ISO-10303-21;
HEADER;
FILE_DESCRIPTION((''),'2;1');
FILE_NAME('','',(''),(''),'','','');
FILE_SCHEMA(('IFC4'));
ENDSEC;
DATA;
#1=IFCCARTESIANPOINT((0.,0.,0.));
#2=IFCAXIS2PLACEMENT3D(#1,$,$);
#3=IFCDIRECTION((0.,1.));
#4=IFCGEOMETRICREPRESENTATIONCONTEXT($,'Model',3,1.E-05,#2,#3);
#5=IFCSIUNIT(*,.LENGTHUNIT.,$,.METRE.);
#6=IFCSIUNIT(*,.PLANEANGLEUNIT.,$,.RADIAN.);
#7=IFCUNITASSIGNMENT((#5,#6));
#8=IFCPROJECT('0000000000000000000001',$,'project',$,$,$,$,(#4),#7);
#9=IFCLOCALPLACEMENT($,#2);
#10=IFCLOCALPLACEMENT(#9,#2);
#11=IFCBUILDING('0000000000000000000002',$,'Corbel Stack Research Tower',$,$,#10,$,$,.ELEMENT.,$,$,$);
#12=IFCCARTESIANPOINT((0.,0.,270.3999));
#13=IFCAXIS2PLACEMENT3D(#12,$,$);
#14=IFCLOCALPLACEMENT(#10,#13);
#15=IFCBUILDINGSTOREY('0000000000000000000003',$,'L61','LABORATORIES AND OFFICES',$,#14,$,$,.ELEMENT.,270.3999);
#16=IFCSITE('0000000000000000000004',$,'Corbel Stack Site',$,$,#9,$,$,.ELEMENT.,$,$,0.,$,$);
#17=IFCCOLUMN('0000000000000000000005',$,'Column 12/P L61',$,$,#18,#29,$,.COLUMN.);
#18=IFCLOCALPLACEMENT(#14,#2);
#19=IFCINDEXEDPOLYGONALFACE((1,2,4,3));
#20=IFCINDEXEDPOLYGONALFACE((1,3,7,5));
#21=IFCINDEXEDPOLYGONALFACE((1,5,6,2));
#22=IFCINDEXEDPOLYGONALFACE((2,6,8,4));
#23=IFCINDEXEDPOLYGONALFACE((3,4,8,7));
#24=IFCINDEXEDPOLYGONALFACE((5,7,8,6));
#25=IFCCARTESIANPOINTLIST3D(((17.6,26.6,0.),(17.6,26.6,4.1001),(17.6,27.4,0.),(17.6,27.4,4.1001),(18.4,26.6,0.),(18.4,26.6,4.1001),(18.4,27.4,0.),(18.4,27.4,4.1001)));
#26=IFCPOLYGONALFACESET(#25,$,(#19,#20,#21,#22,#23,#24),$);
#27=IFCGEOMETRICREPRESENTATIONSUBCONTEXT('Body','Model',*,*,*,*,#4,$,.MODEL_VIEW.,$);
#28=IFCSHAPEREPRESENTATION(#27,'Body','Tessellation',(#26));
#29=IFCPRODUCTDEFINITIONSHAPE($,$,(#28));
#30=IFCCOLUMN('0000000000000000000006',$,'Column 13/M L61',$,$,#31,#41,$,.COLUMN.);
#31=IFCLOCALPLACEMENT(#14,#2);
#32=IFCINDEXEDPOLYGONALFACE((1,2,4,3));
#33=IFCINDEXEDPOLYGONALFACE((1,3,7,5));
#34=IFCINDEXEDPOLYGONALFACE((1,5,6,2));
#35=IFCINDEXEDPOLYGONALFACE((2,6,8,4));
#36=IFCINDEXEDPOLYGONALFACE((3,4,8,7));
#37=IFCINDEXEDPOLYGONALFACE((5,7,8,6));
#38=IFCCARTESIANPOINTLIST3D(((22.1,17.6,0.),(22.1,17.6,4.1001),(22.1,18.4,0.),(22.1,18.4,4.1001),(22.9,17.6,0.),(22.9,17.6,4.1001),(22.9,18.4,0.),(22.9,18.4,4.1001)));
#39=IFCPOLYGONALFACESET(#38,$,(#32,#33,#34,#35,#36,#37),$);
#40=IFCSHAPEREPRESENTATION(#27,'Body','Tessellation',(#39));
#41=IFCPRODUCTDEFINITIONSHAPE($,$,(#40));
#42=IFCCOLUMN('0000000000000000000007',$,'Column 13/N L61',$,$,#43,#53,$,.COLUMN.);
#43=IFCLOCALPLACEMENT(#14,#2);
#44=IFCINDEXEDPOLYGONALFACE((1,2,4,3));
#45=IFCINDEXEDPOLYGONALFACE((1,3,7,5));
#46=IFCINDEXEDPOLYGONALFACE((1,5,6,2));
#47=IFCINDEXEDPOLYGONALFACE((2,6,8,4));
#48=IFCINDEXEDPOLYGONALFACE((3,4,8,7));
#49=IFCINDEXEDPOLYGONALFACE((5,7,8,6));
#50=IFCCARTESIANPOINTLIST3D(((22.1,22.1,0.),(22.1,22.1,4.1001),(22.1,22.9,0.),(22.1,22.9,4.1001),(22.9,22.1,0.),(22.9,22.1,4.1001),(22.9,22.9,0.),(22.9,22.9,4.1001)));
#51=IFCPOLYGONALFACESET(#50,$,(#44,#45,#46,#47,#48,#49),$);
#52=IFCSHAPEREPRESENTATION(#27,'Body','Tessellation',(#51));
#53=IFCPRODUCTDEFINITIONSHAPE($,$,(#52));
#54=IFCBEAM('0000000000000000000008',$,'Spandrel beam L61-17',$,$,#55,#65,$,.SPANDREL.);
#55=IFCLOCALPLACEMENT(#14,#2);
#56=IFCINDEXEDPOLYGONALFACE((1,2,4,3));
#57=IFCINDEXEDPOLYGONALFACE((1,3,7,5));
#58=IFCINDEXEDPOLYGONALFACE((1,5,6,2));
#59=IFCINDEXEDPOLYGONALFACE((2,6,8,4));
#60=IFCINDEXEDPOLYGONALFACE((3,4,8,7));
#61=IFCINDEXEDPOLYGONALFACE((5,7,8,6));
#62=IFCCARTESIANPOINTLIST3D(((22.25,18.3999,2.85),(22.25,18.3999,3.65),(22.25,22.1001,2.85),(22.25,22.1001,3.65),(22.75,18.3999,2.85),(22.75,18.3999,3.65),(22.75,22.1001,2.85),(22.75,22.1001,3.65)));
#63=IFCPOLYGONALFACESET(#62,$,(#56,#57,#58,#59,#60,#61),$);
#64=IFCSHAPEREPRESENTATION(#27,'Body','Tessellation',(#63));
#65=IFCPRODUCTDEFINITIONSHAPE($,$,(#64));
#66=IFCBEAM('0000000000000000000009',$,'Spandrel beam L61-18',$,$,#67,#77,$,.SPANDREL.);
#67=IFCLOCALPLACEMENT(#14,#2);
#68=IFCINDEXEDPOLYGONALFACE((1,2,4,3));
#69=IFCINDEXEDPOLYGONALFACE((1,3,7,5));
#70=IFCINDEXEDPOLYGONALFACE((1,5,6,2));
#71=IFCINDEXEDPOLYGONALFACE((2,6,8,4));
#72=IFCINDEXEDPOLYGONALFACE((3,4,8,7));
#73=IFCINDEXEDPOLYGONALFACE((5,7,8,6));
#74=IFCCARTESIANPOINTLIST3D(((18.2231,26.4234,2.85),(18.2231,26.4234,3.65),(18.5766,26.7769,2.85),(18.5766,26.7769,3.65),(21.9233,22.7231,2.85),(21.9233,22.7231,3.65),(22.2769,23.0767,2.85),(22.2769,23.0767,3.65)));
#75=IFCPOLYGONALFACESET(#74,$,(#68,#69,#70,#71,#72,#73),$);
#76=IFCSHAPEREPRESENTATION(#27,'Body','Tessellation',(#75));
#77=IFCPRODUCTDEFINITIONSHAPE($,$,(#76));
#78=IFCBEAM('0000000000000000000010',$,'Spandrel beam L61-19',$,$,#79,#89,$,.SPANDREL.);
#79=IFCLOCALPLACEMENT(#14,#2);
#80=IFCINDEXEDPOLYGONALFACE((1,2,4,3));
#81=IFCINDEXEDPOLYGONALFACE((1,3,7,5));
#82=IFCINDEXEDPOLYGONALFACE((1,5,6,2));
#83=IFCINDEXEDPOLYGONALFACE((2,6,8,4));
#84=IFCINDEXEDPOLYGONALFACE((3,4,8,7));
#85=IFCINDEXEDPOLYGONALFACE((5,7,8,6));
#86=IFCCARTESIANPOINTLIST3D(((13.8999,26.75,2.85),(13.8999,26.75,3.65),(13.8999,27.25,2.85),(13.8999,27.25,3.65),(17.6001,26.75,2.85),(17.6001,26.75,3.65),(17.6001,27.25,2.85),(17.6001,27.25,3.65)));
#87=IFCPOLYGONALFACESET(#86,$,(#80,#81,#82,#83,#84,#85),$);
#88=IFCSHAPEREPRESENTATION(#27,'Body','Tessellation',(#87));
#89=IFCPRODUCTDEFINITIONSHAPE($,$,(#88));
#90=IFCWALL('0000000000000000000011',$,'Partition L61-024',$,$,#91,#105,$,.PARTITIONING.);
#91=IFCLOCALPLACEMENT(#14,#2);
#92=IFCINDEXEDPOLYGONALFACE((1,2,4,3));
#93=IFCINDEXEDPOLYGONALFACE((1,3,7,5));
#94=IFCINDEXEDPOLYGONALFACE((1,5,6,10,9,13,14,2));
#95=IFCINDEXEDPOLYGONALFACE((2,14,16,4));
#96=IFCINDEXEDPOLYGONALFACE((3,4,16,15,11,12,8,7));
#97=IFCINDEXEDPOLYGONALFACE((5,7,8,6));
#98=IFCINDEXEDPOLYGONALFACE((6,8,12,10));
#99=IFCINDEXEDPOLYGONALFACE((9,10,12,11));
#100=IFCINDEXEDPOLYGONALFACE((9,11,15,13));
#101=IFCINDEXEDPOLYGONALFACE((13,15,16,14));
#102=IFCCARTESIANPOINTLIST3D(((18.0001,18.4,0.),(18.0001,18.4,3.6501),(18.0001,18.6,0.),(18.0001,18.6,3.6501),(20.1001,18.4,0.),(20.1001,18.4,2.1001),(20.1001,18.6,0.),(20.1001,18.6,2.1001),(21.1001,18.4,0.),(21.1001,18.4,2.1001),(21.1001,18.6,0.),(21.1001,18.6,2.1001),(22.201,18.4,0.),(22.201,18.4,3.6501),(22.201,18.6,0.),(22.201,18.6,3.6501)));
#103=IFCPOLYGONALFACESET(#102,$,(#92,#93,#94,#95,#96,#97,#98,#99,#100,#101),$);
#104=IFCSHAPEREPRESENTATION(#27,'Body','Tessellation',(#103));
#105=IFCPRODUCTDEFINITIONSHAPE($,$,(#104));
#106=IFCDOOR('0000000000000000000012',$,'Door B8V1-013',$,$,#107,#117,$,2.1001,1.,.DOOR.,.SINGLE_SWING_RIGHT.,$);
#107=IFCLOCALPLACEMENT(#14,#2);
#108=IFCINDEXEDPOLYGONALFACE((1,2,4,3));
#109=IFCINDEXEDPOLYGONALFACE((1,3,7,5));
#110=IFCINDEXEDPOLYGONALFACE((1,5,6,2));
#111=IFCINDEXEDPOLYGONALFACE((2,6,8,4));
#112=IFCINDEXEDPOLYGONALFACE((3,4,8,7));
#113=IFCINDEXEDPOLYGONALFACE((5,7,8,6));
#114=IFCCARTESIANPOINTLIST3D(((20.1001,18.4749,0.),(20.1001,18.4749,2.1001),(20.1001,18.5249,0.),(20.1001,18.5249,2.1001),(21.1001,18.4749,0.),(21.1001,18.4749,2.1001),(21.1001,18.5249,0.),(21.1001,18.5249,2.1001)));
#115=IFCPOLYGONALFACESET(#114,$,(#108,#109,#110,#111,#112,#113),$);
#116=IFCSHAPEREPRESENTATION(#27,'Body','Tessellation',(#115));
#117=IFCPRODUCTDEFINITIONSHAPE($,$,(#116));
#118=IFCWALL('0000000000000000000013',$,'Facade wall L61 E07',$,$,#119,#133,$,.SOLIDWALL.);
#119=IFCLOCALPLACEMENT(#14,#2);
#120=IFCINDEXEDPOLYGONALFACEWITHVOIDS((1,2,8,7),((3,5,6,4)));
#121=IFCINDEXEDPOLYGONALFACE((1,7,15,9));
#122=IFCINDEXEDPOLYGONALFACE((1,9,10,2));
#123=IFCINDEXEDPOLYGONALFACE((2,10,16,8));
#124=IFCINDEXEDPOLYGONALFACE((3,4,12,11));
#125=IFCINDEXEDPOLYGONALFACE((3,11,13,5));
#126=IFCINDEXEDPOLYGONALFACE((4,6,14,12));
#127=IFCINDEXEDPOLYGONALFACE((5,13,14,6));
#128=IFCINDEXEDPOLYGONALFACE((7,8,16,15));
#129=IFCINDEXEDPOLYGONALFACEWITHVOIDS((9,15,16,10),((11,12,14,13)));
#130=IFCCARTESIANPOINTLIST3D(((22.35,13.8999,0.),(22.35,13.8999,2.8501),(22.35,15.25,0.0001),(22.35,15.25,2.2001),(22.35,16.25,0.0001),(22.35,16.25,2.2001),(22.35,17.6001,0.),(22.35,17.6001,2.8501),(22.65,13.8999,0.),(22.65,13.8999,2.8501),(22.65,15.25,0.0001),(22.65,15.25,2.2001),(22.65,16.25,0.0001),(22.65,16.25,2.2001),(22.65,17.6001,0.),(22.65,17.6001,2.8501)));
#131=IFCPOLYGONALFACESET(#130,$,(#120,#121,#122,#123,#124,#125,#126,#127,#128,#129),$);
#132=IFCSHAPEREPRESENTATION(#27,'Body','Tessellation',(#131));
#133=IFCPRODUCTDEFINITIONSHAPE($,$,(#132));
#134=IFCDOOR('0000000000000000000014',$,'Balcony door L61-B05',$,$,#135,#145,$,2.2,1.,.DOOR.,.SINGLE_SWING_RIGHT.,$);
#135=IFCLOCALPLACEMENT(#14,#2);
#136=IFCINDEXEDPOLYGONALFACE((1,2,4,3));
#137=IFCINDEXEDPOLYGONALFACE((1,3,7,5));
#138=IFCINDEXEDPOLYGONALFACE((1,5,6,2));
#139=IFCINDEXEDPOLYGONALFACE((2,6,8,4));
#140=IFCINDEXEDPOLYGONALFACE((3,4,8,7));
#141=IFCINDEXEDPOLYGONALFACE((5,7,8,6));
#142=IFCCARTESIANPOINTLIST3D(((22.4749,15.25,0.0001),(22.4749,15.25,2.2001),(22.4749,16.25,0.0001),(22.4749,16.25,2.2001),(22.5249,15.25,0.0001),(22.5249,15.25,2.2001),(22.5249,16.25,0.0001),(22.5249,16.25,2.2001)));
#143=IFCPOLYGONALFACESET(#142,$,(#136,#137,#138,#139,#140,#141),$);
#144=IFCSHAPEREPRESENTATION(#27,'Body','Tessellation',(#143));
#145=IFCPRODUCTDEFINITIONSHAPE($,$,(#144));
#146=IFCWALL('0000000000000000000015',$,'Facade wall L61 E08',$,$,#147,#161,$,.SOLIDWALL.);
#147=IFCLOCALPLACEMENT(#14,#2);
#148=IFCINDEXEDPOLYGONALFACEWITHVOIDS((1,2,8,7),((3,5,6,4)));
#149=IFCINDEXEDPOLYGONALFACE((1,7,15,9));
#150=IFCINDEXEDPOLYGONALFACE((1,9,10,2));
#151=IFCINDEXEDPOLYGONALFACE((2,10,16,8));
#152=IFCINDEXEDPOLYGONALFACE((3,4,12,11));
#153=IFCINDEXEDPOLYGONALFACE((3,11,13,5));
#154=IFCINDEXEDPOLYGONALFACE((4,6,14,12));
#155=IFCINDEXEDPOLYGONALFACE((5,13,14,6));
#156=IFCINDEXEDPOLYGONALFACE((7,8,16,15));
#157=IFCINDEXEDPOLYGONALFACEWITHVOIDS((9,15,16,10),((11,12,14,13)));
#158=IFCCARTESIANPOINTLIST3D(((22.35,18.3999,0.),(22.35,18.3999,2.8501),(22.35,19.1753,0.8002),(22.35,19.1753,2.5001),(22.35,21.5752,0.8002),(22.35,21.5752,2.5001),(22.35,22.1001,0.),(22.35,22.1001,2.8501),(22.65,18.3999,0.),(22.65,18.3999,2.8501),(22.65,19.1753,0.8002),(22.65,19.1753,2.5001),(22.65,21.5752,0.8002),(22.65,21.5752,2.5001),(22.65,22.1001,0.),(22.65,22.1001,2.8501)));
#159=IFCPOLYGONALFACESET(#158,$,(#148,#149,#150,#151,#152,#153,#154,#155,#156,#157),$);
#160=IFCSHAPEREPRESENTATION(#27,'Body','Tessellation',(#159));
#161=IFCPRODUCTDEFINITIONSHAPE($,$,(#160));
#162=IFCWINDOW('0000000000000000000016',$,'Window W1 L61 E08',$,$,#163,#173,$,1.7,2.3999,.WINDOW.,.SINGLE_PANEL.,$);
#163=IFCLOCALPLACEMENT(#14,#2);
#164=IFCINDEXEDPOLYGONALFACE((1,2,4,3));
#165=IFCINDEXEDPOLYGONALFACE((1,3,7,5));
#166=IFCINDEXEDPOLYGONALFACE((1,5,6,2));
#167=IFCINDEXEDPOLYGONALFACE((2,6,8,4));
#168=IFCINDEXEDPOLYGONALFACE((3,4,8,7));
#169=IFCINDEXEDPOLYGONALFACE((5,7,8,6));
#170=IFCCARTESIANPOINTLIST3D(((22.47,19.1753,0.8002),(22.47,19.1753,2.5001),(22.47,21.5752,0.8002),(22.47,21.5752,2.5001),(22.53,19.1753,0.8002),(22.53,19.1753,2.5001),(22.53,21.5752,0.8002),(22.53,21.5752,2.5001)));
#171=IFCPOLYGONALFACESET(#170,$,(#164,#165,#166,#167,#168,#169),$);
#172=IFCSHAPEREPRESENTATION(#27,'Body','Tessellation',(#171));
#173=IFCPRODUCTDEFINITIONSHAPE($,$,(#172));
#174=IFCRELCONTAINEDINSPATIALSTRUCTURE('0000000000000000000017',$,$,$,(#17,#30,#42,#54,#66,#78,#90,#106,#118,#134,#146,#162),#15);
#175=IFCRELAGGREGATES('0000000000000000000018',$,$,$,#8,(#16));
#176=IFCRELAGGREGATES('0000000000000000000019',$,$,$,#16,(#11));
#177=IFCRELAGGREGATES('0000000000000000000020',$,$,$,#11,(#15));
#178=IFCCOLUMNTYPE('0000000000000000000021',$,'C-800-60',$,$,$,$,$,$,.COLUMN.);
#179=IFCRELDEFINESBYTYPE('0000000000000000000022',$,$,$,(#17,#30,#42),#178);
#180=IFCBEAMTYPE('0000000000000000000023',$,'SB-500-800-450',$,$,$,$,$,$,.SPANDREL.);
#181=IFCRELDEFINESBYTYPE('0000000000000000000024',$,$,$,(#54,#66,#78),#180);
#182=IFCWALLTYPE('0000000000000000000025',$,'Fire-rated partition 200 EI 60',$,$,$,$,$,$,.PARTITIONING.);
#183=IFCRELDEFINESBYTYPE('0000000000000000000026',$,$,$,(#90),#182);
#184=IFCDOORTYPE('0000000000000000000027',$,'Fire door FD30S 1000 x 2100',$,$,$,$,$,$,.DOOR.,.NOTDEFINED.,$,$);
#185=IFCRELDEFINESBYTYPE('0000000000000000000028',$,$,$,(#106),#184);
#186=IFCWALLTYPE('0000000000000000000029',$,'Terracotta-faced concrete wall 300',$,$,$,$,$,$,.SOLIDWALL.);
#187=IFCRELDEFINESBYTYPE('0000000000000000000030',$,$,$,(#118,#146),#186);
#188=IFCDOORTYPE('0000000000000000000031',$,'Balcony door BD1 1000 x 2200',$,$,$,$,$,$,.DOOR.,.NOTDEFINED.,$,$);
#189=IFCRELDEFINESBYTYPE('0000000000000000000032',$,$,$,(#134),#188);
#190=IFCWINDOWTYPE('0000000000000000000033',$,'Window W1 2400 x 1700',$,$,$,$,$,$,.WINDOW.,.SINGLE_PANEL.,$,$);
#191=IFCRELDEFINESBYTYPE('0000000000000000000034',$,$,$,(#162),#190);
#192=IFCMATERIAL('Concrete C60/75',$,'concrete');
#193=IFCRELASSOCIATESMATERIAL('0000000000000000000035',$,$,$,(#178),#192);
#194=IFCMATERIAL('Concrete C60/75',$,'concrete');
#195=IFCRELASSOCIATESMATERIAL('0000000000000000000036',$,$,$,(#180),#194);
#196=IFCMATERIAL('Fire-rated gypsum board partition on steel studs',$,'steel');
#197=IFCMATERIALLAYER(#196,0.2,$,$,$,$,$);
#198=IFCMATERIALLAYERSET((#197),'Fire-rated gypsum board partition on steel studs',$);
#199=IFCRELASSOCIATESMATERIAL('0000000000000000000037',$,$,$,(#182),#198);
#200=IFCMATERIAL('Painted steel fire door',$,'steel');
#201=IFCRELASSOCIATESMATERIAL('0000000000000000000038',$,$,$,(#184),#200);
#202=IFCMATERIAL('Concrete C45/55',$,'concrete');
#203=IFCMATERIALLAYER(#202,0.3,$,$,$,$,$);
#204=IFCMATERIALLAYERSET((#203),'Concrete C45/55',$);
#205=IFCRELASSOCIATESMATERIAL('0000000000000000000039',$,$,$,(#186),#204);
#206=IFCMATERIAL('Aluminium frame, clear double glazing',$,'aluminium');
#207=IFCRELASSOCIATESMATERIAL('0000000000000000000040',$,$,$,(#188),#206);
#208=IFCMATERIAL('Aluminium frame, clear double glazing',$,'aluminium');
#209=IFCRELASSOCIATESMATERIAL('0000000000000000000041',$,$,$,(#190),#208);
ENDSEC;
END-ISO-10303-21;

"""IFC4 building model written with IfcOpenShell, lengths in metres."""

from ifc_helpers import new_model, si_unit, direction, frame, frame_2d, origin, origin_2d, place, context, subcontext, project, spatial, rectangle, extrude, material, layer, layer_set, material_profile, profile_set, type_object, element, fill, save


model = new_model("IFC4")

# Units and contexts
model_context = context("Model", 3, precision=1e-05, world=origin(), true_north=direction((0.0, 1.0)))
body_context = subcontext(model_context, "Body", "Model", "MODEL_VIEW")
ifc_project = project(units=[si_unit("LENGTHUNIT", "METRE"), si_unit("PLANEANGLEUNIT", "RADIAN")], contexts=[model_context])

# Site, building, storey
site_placement = place(None, origin())
site = spatial("IfcSite", under=ifc_project, at=site_placement, Name="Corbel Stack Site", CompositionType="ELEMENT", RefElevation=0.0)
building_placement = place(site_placement, origin())
building = spatial("IfcBuilding", under=site, at=building_placement, Name="Corbel Stack Research Tower", CompositionType="ELEMENT")
storey_placement = place(building_placement, frame((0.0, 0.0, 270.3999)))
storey = spatial("IfcBuildingStorey", under=building, at=storey_placement, Name="L61", Description="LABORATORIES AND OFFICES", CompositionType="ELEMENT", Elevation=270.3999)

# Columns
ifc_material_1 = material(Name="Concrete C60/75", Category="concrete")
ifc_material_profile_1 = material_profile(ifc_material_1, rectangle(XDim=0.8, YDim=0.8, at=origin_2d()), Name="RC 800 x 800")
ifc_profile_set_1 = profile_set([ifc_material_profile_1], Name="Concrete C60/75")
column_type = type_object("IfcColumnType", Name="C-800-60", PredefinedType="COLUMN", material=ifc_profile_set_1)
for number, where, z_axis, x_axis, name in (
    (1, (18.0, 27.0, 0.0), (0.0, 0.0, 1.0), (1.0, 0.0, 0.0), "Column 12/P L61"),
    (2, (22.5, 18.0, 0.0), (0.0, 0.0, 1.0), (1.0, 0.0, 0.0), "Column 13/M L61"),
    (3, (22.5, 22.5, 0.0), (0.0, 0.0, 1.0), (1.0, 0.0, 0.0), "Column 13/N L61"),
):
    element("IfcColumn", number, at=place(storey_placement, frame(where, z_axis=z_axis, x_axis=x_axis)), inside=storey, type_object=column_type, Name=name, PredefinedType="COLUMN", context=body_context, shape_type="SweptSolid", body=[
        extrude(rectangle(XDim=0.8, YDim=0.8, at=origin_2d()), origin(), (0.0, 0.0, 1.0), 4.1001),
    ])

# Beams
ifc_material_2 = material(Name="Concrete C60/75", Category="concrete")
ifc_material_profile_2 = material_profile(ifc_material_2, rectangle(XDim=0.5, YDim=0.8, at=origin_2d()), Name="RC 500 x 800")
ifc_profile_set_2 = profile_set([ifc_material_profile_2], Name="Concrete C60/75")
beam_type = type_object("IfcBeamType", Name="SB-500-800-450", PredefinedType="SPANDREL", material=ifc_profile_set_2)
beam_1_placement = place(storey_placement, frame((22.5, 18.3999, 3.25), z_axis=(0.0, 1.0, 0.0), x_axis=(-1.0, 0.0, 0.0)))
element("IfcBeam", 4, at=beam_1_placement, inside=storey, type_object=beam_type, Name="Spandrel beam L61-17", PredefinedType="SPANDREL", context=body_context, shape_type="SweptSolid", body=[
    extrude(rectangle(XDim=0.5, YDim=0.8, at=origin_2d()), origin(), (0.0, 0.0, 1.0), 3.7002),
])
beam_2_placement = place(storey_placement, frame((22.1001, 22.8999, 3.25), z_axis=(-0.707107, 0.707107, 0.0), x_axis=(-0.707107, -0.707107, 0.0)))
element("IfcBeam", 5, at=beam_2_placement, inside=storey, type_object=beam_type, Name="Spandrel beam L61-18", PredefinedType="SPANDREL", context=body_context, shape_type="SweptSolid", body=[
    extrude(rectangle(XDim=0.5, YDim=0.8, at=origin_2d()), origin(), (0.0, 0.0, 1.0), 5.2329),
])
beam_3_placement = place(storey_placement, frame((17.6001, 27.0, 3.25), z_axis=(-1.0, 0.0, 0.0), x_axis=(0.0, -1.0, 0.0)))
element("IfcBeam", 6, at=beam_3_placement, inside=storey, type_object=beam_type, Name="Spandrel beam L61-19", PredefinedType="SPANDREL", context=body_context, shape_type="SweptSolid", body=[
    extrude(rectangle(XDim=0.5, YDim=0.8, at=origin_2d()), origin(), (0.0, 0.0, 1.0), 3.7002),
])

# Walls, openings, doors
ifc_material_3 = material(Name="Fire-rated gypsum board partition on steel studs", Category="steel")
ifc_layer_1 = layer(ifc_material_3, 0.2)
ifc_layer_set_1 = layer_set([ifc_layer_1], Name="Fire-rated gypsum board partition on steel studs")
wall_type_1 = type_object("IfcWallType", Name="Fire-rated partition 200 EI 60", PredefinedType="PARTITIONING", material=ifc_layer_set_1)
wall_1_placement = place(storey_placement, frame((18.0, 18.5, 0.0), z_axis=(0.0, 0.0, 1.0), x_axis=(1.0, 0.0, 0.0)))
wall_1 = element("IfcWall", 7, at=wall_1_placement, inside=storey, type_object=wall_type_1, Name="Partition L61-024", PredefinedType="PARTITIONING", context=body_context, shape_type="SweptSolid", body=[
    extrude(rectangle(XDim=4.2009, YDim=0.2, at=frame_2d((2.1006, 0.0))), origin(), (0.0, 0.0, 1.0), 3.6501),
])
opening_1_placement = place(wall_1_placement, frame((2.1001, 0.0, 0.0)))
opening_1 = element("IfcOpeningElement", 8, at=opening_1_placement, cuts=wall_1, PredefinedType="OPENING", context=body_context, shape_type="SweptSolid", body=[
    extrude(rectangle(XDim=1.0, YDim=2.1001, at=frame_2d((0.5, 1.05))), frame((0.0, 0.1099, 0.0), z_axis=(0.0, -1.0, 0.0), x_axis=(1.0, 0.0, 0.0)), (0.0, 0.0, 1.0), 0.22),
])
ifc_material_4 = material(Name="Painted steel fire door", Category="steel")
door_type_1 = type_object("IfcDoorType", Name="Fire door FD30S 1000 x 2100", OperationType="NOTDEFINED", PredefinedType="DOOR", material=ifc_material_4)
door_1_placement = place(opening_1_placement, origin())
door_1 = element("IfcDoor", 9, at=door_1_placement, inside=storey, type_object=door_type_1, Name="Door B8V1-013", OperationType="SINGLE_SWING_RIGHT", OverallHeight=2.1001, OverallWidth=1.0, PredefinedType="DOOR", context=body_context, shape_type="SweptSolid", body=[
    extrude(rectangle(XDim=1.0, YDim=2.1001, at=frame_2d((0.5, 1.05))), frame((0.0, 0.0249, 0.0), z_axis=(0.0, -1.0, 0.0), x_axis=(1.0, 0.0, 0.0)), (0.0, 0.0, 1.0), 0.05),
])
fill(opening_1, door_1)
ifc_material_5 = material(Name="Concrete C45/55", Category="concrete")
ifc_layer_2 = layer(ifc_material_5, 0.3)
ifc_layer_set_2 = layer_set([ifc_layer_2], Name="Concrete C45/55")
wall_type_2 = type_object("IfcWallType", Name="Terracotta-faced concrete wall 300", PredefinedType="SOLIDWALL", material=ifc_layer_set_2)
wall_2_placement = place(storey_placement, frame((22.5, 17.6001, 0.0), z_axis=(0.0, 0.0, 1.0), x_axis=(0.0, -1.0, 0.0)))
wall_2 = element("IfcWall", 10, at=wall_2_placement, inside=storey, type_object=wall_type_2, Name="Facade wall L61 E07", PredefinedType="SOLIDWALL", context=body_context, shape_type="SweptSolid", body=[
    extrude(rectangle(XDim=3.7002, YDim=0.3, at=frame_2d((1.8501, 0.0))), origin(), (0.0, 0.0, 1.0), 2.8501),
])
opening_2_placement = place(wall_2_placement, frame((1.3501, 0.0, 0.0)))
opening_2 = element("IfcOpeningElement", 11, at=opening_2_placement, cuts=wall_2, PredefinedType="OPENING", context=body_context, shape_type="SweptSolid", body=[
    extrude(rectangle(XDim=1.0, YDim=2.2, at=frame_2d((0.5, 1.1001))), frame((0.0, 0.1599, 0.0), z_axis=(0.0, -1.0, 0.0), x_axis=(1.0, 0.0, 0.0)), (0.0, 0.0, 1.0), 0.3201),
])
ifc_material_6 = material(Name="Aluminium frame, clear double glazing", Category="aluminium")
door_type_2 = type_object("IfcDoorType", Name="Balcony door BD1 1000 x 2200", OperationType="NOTDEFINED", PredefinedType="DOOR", material=ifc_material_6)
door_2_placement = place(opening_2_placement, origin())
door_2 = element("IfcDoor", 12, at=door_2_placement, inside=storey, type_object=door_type_2, Name="Balcony door L61-B05", OperationType="SINGLE_SWING_RIGHT", OverallHeight=2.2, OverallWidth=1.0, PredefinedType="DOOR", context=body_context, shape_type="SweptSolid", body=[
    extrude(rectangle(XDim=1.0, YDim=2.2, at=frame_2d((0.5, 1.1001))), frame((0.0, 0.0249, 0.0), z_axis=(0.0, -1.0, 0.0), x_axis=(1.0, 0.0, 0.0)), (0.0, 0.0, 1.0), 0.05),
])
fill(opening_2, door_2)

# Wall, opening, window
wall_3_placement = place(storey_placement, frame((22.5, 22.1001, 0.0), z_axis=(0.0, 0.0, 1.0), x_axis=(0.0, -1.0, 0.0)))
wall_3 = element("IfcWall", 13, at=wall_3_placement, inside=storey, type_object=wall_type_2, Name="Facade wall L61 E08", PredefinedType="SOLIDWALL", context=body_context, shape_type="SweptSolid", body=[
    extrude(rectangle(XDim=3.7002, YDim=0.3, at=frame_2d((1.8501, 0.0))), origin(), (0.0, 0.0, 1.0), 2.8501),
])
opening_3_placement = place(wall_3_placement, frame((0.5249, 0.0, 0.8)))
opening_3 = element("IfcOpeningElement", 14, at=opening_3_placement, cuts=wall_3, PredefinedType="OPENING", context=body_context, shape_type="SweptSolid", body=[
    extrude(rectangle(XDim=2.3999, YDim=1.7, at=frame_2d((1.2, 0.8501))), frame((0.0, 0.1599, 0.0), z_axis=(0.0, -1.0, 0.0), x_axis=(1.0, 0.0, 0.0)), (0.0, 0.0, 1.0), 0.3201),
])
ifc_material_7 = material(Name="Aluminium frame, clear double glazing", Category="aluminium")
window_type = type_object("IfcWindowType", Name="Window W1 2400 x 1700", PartitioningType="SINGLE_PANEL", PredefinedType="WINDOW", material=ifc_material_7)
window_1_placement = place(opening_3_placement, origin())
window_1 = element("IfcWindow", 15, at=window_1_placement, inside=storey, type_object=window_type, Name="Window W1 L61 E08", OverallHeight=1.7, OverallWidth=2.3999, PartitioningType="SINGLE_PANEL", PredefinedType="WINDOW", context=body_context, shape_type="SweptSolid", body=[
    extrude(rectangle(XDim=2.3999, YDim=1.7, at=frame_2d((1.2, 0.8501))), frame((0.0, 0.03, 0.0), z_axis=(0.0, -1.0, 0.0), x_axis=(1.0, 0.0, 0.0)), (0.0, 0.0, 1.0), 0.0601),
])
fill(opening_3, window_1)

save(model, "model.ifc")
